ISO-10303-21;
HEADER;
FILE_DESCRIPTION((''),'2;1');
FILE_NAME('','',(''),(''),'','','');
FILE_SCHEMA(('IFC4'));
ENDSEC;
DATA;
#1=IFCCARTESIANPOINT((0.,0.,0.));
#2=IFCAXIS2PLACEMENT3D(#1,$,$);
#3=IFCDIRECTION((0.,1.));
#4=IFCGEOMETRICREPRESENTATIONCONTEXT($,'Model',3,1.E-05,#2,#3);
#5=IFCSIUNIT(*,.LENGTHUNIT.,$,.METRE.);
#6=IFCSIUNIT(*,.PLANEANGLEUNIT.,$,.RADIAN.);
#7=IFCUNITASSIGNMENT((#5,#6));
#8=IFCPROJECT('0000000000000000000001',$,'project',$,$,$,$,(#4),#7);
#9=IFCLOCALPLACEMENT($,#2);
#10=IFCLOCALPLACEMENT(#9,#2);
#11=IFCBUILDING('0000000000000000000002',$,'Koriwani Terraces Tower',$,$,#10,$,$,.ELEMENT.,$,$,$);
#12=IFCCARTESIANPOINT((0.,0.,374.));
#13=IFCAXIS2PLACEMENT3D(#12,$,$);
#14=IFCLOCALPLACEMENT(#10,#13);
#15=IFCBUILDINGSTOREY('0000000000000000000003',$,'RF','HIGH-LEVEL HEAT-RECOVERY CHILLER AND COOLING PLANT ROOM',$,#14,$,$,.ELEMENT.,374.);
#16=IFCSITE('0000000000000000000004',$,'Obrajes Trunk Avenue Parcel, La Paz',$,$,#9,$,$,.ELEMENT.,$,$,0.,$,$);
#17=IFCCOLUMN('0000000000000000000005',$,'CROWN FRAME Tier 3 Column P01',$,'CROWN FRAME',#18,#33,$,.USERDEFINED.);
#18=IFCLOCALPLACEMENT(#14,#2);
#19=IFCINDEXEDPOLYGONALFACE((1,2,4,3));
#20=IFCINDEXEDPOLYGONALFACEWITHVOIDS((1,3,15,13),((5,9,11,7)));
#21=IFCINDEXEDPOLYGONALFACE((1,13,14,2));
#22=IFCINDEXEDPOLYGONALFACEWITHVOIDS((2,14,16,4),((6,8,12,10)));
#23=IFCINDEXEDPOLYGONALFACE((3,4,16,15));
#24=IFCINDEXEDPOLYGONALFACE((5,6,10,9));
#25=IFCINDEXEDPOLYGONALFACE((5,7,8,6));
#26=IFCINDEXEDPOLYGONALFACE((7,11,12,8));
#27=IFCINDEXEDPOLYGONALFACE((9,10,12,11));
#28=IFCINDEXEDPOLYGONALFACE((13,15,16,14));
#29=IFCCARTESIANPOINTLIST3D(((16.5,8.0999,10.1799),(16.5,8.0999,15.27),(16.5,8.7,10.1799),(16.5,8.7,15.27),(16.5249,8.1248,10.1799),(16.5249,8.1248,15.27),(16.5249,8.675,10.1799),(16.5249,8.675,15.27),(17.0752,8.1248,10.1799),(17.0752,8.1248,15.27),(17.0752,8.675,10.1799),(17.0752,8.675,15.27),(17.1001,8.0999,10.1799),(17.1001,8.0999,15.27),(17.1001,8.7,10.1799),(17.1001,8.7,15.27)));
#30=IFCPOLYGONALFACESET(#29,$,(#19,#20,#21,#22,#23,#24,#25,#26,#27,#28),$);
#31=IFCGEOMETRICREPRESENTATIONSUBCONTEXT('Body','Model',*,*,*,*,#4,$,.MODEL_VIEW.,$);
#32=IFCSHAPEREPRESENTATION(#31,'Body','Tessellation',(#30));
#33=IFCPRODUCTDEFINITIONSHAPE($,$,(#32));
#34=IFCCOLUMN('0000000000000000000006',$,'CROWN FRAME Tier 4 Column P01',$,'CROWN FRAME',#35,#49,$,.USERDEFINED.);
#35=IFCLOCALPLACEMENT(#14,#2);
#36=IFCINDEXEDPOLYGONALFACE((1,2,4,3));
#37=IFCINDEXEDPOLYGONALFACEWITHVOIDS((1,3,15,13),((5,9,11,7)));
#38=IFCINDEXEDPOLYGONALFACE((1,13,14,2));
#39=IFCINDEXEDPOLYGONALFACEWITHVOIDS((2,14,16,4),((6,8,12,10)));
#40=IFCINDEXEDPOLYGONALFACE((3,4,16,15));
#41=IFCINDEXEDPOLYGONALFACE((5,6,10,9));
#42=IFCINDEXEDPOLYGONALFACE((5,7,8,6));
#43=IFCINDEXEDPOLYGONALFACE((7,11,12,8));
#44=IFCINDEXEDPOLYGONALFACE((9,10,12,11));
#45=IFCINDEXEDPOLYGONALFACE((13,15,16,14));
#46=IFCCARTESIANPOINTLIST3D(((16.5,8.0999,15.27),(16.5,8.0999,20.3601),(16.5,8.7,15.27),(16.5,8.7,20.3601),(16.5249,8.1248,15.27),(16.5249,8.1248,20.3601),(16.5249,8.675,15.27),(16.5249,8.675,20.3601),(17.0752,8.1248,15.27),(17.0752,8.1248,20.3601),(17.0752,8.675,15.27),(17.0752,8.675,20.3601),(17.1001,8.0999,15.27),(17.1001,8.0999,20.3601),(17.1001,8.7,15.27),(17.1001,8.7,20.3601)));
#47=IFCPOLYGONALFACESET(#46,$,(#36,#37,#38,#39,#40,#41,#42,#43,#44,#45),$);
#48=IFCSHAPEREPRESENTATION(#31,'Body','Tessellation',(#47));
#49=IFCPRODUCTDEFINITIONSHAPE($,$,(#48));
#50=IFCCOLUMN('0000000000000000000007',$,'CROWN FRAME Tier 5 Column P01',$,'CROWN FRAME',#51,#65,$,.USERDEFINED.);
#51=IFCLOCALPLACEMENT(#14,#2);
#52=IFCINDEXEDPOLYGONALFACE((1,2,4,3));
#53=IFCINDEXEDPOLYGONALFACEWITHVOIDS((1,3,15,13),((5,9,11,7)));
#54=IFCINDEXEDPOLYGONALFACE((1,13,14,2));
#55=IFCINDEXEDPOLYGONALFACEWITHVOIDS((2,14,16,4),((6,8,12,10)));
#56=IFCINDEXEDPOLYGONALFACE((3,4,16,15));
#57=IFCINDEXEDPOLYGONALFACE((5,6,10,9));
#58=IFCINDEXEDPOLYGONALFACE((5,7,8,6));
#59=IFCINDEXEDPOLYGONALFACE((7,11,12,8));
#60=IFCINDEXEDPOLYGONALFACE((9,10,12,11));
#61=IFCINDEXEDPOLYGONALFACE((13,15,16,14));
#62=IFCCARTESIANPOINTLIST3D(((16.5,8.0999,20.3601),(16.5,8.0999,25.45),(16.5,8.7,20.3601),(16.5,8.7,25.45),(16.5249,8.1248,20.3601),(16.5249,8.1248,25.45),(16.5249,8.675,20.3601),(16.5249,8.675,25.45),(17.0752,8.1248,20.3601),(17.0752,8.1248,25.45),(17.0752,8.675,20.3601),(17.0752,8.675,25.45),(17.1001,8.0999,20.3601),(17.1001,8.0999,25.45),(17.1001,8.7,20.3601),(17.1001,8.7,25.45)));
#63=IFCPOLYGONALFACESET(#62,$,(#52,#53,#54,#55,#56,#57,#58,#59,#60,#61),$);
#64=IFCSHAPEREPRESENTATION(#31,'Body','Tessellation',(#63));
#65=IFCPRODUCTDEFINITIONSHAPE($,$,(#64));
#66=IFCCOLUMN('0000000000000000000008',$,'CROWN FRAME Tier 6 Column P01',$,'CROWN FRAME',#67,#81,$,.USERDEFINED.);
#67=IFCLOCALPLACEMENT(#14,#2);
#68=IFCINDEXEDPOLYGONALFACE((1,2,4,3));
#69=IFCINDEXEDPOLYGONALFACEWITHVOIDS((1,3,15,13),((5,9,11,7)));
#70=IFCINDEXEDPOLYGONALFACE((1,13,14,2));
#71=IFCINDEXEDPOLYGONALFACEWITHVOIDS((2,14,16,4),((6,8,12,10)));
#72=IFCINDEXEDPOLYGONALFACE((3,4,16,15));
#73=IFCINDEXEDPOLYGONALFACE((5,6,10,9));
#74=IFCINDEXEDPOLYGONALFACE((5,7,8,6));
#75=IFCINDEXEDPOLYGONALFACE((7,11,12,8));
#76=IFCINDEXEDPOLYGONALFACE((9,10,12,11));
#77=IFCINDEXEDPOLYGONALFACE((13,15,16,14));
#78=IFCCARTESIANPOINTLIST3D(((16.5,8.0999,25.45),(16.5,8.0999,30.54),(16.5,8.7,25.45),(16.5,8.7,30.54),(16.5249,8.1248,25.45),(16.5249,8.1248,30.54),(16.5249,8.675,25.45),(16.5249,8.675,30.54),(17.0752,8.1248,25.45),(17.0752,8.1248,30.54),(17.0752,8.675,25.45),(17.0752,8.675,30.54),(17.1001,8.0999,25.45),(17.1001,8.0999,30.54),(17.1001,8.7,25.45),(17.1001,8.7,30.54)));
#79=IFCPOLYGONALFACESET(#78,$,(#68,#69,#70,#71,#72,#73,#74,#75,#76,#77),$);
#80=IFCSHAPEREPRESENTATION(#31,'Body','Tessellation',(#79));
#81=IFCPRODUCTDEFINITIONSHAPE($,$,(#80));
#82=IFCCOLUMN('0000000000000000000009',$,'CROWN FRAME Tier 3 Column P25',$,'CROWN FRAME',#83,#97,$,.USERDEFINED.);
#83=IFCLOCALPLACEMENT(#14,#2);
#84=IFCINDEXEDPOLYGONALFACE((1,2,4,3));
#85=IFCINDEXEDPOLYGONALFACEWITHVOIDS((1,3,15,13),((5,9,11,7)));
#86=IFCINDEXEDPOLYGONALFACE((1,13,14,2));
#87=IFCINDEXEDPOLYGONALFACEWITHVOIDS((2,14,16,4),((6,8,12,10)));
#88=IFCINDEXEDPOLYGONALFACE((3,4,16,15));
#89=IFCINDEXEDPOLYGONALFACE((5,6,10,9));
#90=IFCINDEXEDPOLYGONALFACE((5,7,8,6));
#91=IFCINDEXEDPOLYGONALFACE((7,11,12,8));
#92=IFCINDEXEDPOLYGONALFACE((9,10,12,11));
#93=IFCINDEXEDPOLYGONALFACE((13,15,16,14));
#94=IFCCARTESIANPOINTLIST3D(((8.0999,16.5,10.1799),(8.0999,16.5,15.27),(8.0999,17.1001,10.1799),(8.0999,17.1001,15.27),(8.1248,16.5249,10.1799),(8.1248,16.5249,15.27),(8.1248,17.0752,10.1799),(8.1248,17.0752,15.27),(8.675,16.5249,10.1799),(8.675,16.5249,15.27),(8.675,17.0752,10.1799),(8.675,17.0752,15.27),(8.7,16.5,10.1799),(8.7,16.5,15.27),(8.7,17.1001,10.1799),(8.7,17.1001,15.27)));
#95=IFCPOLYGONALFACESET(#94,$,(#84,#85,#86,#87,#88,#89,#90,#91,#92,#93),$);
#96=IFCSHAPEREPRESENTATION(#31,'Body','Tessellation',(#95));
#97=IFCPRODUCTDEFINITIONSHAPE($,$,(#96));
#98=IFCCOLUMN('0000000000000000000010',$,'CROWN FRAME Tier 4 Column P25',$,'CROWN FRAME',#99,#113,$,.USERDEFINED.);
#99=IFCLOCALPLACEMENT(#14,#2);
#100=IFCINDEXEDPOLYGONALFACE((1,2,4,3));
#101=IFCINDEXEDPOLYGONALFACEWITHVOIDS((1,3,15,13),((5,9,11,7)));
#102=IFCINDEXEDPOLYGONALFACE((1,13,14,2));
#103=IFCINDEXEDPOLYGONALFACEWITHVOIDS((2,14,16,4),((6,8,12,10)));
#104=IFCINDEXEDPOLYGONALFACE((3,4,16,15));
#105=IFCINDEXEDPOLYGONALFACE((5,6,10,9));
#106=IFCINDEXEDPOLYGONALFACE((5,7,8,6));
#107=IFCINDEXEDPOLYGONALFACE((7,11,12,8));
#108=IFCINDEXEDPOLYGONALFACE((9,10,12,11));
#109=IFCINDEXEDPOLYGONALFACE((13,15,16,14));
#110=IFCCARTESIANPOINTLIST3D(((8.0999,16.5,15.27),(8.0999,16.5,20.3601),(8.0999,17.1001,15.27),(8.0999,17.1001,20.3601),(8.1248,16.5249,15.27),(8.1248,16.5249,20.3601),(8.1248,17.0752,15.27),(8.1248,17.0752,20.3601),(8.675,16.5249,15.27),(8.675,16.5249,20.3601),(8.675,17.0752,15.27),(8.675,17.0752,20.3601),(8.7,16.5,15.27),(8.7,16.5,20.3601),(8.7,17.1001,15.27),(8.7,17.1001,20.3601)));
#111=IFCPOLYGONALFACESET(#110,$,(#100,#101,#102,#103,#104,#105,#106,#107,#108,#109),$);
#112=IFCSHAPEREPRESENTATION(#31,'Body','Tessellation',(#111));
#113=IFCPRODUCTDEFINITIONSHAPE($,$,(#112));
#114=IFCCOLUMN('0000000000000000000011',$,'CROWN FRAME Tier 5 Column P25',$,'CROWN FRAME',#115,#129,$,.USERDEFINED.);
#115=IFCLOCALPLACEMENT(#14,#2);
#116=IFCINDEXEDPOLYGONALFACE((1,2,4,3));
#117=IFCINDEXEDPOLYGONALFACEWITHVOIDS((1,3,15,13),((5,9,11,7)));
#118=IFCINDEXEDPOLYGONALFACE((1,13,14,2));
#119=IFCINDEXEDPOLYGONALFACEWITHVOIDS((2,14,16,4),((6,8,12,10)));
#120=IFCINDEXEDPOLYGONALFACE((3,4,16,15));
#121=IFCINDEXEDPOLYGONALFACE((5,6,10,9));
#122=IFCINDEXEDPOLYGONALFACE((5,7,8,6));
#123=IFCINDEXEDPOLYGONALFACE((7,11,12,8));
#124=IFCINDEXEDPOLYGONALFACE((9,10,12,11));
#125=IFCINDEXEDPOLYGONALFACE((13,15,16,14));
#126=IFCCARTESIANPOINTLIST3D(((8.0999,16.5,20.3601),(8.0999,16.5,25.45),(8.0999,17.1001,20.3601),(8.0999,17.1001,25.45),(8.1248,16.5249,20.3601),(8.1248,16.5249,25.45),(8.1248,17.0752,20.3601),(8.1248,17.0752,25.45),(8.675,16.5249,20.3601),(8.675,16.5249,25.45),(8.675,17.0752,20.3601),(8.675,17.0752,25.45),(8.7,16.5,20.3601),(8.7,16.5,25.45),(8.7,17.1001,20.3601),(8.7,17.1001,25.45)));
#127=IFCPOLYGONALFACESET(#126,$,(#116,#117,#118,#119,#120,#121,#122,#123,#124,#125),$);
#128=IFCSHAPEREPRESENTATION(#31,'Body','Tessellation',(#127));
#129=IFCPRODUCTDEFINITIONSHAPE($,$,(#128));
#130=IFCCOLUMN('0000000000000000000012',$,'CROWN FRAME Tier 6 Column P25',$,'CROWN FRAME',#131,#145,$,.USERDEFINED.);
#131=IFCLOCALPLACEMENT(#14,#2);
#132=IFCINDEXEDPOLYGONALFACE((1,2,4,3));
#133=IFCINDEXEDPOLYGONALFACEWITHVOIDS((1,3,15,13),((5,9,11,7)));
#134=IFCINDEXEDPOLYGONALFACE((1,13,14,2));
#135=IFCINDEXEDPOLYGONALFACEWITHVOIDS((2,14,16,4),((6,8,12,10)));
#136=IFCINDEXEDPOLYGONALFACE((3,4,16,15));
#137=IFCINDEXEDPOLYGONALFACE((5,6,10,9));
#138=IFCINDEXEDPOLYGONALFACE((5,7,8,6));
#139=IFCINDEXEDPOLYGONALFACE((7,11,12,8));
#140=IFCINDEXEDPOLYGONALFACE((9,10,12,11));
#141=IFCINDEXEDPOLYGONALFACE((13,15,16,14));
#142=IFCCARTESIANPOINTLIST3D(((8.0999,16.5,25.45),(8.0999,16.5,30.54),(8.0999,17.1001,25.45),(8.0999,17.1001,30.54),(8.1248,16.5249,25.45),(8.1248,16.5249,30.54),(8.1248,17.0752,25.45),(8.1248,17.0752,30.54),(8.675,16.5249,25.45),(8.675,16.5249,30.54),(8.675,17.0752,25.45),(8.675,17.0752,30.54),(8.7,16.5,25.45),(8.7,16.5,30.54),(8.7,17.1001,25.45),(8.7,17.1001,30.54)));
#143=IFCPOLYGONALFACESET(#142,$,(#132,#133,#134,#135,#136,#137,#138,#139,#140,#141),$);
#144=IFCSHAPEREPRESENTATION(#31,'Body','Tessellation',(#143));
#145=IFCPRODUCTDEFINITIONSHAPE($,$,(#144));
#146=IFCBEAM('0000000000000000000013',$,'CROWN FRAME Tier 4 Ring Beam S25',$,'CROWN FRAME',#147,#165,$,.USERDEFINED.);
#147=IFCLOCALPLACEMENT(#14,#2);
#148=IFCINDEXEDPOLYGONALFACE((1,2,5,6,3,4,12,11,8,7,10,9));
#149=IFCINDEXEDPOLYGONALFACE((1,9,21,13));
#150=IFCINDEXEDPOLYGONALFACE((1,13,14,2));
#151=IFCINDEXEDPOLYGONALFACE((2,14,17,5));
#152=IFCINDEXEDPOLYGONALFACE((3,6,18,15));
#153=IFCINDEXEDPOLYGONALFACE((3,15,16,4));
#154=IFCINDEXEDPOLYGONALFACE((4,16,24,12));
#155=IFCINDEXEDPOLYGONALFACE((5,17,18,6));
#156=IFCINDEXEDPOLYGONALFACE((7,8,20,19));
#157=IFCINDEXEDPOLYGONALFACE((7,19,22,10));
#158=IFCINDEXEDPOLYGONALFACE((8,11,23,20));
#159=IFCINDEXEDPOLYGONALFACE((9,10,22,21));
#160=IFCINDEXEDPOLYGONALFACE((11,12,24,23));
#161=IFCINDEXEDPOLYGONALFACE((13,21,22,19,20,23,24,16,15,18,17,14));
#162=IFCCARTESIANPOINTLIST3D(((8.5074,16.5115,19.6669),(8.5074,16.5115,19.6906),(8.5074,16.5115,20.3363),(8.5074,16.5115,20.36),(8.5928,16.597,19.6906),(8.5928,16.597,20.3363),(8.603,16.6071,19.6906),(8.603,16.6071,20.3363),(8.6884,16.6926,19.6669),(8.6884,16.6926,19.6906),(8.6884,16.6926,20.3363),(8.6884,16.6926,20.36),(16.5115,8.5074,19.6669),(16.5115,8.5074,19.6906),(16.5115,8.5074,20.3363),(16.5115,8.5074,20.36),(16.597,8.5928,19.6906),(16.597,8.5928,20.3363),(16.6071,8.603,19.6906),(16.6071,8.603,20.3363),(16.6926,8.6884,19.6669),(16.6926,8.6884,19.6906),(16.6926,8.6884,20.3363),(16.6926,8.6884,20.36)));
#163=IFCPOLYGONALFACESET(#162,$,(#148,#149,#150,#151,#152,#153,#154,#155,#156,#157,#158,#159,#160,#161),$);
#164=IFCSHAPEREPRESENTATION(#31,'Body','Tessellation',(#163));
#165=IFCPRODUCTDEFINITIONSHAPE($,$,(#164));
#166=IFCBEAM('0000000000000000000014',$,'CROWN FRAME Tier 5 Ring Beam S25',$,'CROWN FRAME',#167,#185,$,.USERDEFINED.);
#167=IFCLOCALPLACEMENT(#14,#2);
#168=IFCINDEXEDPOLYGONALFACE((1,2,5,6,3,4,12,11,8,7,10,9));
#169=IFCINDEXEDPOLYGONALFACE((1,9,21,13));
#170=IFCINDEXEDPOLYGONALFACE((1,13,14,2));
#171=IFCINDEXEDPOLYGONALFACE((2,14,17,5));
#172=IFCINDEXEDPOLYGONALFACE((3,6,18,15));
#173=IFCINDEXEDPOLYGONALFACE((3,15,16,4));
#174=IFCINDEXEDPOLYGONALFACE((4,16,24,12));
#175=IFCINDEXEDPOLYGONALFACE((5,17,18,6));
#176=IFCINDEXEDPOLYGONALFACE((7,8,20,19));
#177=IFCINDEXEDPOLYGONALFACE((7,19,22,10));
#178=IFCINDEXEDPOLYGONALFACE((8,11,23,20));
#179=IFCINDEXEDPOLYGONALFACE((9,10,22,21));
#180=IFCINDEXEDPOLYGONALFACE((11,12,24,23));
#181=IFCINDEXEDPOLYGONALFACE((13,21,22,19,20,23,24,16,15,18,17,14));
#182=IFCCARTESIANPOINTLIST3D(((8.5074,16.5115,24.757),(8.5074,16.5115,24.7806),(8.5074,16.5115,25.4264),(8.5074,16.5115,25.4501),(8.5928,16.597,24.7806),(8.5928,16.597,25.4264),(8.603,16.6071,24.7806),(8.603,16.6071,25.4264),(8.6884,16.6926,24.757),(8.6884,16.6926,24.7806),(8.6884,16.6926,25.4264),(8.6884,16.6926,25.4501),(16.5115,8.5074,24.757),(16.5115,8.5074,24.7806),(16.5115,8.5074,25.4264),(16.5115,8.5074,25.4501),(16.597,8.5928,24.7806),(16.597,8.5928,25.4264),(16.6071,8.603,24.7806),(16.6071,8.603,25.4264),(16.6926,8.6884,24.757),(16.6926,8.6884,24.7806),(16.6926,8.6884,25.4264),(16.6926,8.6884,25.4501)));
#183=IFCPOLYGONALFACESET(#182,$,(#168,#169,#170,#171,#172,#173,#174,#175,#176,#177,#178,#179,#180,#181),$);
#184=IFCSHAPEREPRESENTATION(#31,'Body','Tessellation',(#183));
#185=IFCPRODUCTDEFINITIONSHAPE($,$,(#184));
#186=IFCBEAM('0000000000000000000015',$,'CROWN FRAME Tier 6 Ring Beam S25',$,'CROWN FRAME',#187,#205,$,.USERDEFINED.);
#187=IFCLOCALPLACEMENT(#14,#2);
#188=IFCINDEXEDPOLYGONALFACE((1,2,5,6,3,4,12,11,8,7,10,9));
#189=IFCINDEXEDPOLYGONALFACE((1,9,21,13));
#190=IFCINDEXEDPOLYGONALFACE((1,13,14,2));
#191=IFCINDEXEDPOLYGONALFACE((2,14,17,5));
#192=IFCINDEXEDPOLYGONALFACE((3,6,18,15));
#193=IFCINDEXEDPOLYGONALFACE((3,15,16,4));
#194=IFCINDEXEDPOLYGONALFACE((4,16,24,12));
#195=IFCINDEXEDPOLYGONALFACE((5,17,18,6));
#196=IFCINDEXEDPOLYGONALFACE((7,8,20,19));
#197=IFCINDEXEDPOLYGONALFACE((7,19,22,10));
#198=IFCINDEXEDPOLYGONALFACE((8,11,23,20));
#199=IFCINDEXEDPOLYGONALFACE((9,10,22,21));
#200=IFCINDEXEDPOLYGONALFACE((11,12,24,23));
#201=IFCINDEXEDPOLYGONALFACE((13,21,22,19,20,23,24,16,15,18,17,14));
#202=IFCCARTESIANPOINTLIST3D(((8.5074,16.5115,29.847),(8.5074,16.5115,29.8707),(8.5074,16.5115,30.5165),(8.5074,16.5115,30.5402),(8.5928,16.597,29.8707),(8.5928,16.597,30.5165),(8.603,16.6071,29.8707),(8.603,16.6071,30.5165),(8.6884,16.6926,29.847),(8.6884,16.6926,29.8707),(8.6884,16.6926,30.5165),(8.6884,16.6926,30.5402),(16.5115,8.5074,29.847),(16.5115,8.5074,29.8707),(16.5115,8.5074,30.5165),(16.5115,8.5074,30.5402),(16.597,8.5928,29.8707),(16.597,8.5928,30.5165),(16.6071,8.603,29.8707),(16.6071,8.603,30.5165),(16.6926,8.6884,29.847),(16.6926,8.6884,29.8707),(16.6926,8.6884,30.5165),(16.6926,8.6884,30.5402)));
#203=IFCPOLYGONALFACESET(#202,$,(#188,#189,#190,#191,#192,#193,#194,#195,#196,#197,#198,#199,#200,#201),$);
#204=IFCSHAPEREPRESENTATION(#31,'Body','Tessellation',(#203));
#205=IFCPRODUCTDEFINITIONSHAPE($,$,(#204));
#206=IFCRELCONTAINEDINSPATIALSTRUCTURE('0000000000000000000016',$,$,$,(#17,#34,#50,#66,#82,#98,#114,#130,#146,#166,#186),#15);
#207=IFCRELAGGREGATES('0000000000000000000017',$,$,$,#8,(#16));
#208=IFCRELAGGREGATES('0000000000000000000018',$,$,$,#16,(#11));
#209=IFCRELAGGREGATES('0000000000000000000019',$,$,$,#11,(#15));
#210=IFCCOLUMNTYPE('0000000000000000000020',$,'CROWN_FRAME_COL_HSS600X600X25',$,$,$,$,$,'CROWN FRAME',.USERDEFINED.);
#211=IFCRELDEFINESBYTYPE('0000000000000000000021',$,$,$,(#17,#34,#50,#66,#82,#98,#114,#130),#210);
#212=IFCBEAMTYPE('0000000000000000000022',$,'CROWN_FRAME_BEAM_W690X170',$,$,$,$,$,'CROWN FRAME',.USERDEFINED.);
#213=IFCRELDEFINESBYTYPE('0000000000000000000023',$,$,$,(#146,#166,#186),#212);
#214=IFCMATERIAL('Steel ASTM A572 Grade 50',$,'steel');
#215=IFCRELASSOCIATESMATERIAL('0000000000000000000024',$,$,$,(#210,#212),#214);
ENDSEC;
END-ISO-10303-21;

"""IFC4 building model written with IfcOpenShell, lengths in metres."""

from ifc_helpers import new_model, si_unit, direction, frame, origin, origin_2d, place, context, subcontext, project, spatial, hollow_rectangle, i_section, extrude, material, material_profile, profile_set, type_object, element, save


model = new_model("IFC4")

# Units and contexts
model_context = context("Model", 3, precision=1e-05, world=origin(), true_north=direction((0.0, 1.0)))
body_context = subcontext(model_context, "Body", "Model", "MODEL_VIEW")
ifc_project = project(units=[si_unit("LENGTHUNIT", "METRE"), si_unit("PLANEANGLEUNIT", "RADIAN")], contexts=[model_context])

# Site, building, storey
site_placement = place(None, origin())
site = spatial("IfcSite", under=ifc_project, at=site_placement, Name="Obrajes Trunk Avenue Parcel, La Paz", CompositionType="ELEMENT", RefElevation=0.0)
building_placement = place(site_placement, origin())
building = spatial("IfcBuilding", under=site, at=building_placement, Name="Koriwani Terraces Tower", CompositionType="ELEMENT")
storey_placement = place(building_placement, frame((0.0, 0.0, 374.0)))
storey = spatial("IfcBuildingStorey", under=building, at=storey_placement, Name="RF", Description="HIGH-LEVEL HEAT-RECOVERY CHILLER AND COOLING PLANT ROOM", CompositionType="ELEMENT", Elevation=374.0)

# Columns
ifc_material_1 = material(Name="Steel ASTM A572 Grade 50", Category="steel")
ifc_material_profile_1 = material_profile(ifc_material_1, hollow_rectangle(XDim=0.6001, YDim=0.6001, WallThickness=0.0249, at=origin_2d()), Name="Steel ASTM A572 Grade 50", Category="LoadBearing")
ifc_profile_set_1 = profile_set([ifc_material_profile_1], Name="Steel ASTM A572 Grade 50")
column_type = type_object("IfcColumnType", Name="CROWN_FRAME_COL_HSS600X600X25", ElementType="CROWN FRAME", PredefinedType="USERDEFINED", material=ifc_profile_set_1)
for number, where, z_axis, x_axis, name in (
    (1, (16.8, 8.3999, 10.1799), (0.0, 0.0, 1.0), (1.0, 0.0, 0.0), "CROWN FRAME Tier 3 Column P01"),
    (2, (16.8, 8.3999, 15.27), (0.0, 0.0, 1.0), (1.0, 0.0, 0.0), "CROWN FRAME Tier 4 Column P01"),
):
    element("IfcColumn", number, at=place(storey_placement, frame(where, z_axis=z_axis, x_axis=x_axis)), inside=storey, type_object=column_type, Name=name, ObjectType="CROWN FRAME", PredefinedType="USERDEFINED", context=body_context, shape_type="SweptSolid", body=[
        extrude(hollow_rectangle(XDim=0.6001, YDim=0.6001, WallThickness=0.0249, at=origin_2d()), origin(), (0.0, 0.0, 1.0), 5.0901),
    ])
column_1_placement = place(storey_placement, frame((16.8, 8.3999, 20.3601), z_axis=(0.0, 0.0, 1.0), x_axis=(1.0, 0.0, 0.0)))
element("IfcColumn", 3, at=column_1_placement, inside=storey, type_object=column_type, Name="CROWN FRAME Tier 5 Column P01", ObjectType="CROWN FRAME", PredefinedType="USERDEFINED", context=body_context, shape_type="SweptSolid", body=[
    extrude(hollow_rectangle(XDim=0.6001, YDim=0.6001, WallThickness=0.0249, at=origin_2d()), origin(), (0.0, 0.0, 1.0), 5.0898),
])
for number, where, z_axis, x_axis, name in (
    (4, (16.8, 8.3999, 25.45), (0.0, 0.0, 1.0), (1.0, 0.0, 0.0), "CROWN FRAME Tier 6 Column P01"),
    (5, (8.3999, 16.8, 10.1799), (0.0, 0.0, 1.0), (1.0, 0.0, 0.0), "CROWN FRAME Tier 3 Column P25"),
    (6, (8.3999, 16.8, 15.27), (0.0, 0.0, 1.0), (1.0, 0.0, 0.0), "CROWN FRAME Tier 4 Column P25"),
):
    element("IfcColumn", number, at=place(storey_placement, frame(where, z_axis=z_axis, x_axis=x_axis)), inside=storey, type_object=column_type, Name=name, ObjectType="CROWN FRAME", PredefinedType="USERDEFINED", context=body_context, shape_type="SweptSolid", body=[
        extrude(hollow_rectangle(XDim=0.6001, YDim=0.6001, WallThickness=0.0249, at=origin_2d()), origin(), (0.0, 0.0, 1.0), 5.0901),
    ])
column_2_placement = place(storey_placement, frame((8.3999, 16.8, 20.3601), z_axis=(0.0, 0.0, 1.0), x_axis=(1.0, 0.0, 0.0)))
element("IfcColumn", 7, at=column_2_placement, inside=storey, type_object=column_type, Name="CROWN FRAME Tier 5 Column P25", ObjectType="CROWN FRAME", PredefinedType="USERDEFINED", context=body_context, shape_type="SweptSolid", body=[
    extrude(hollow_rectangle(XDim=0.6001, YDim=0.6001, WallThickness=0.0249, at=origin_2d()), origin(), (0.0, 0.0, 1.0), 5.0898),
])
column_3_placement = place(storey_placement, frame((8.3999, 16.8, 25.45), z_axis=(0.0, 0.0, 1.0), x_axis=(1.0, 0.0, 0.0)))
element("IfcColumn", 8, at=column_3_placement, inside=storey, type_object=column_type, Name="CROWN FRAME Tier 6 Column P25", ObjectType="CROWN FRAME", PredefinedType="USERDEFINED", context=body_context, shape_type="SweptSolid", body=[
    extrude(hollow_rectangle(XDim=0.6001, YDim=0.6001, WallThickness=0.0249, at=origin_2d()), origin(), (0.0, 0.0, 1.0), 5.0901),
])

# Beams
ifc_material_profile_2 = material_profile(ifc_material_1, i_section(OverallWidth=0.2561, OverallDepth=0.6931, WebThickness=0.0144, FlangeThickness=0.0237, at=origin_2d()), Name="Steel ASTM A572 Grade 50", Category="LoadBearing")
ifc_profile_set_2 = profile_set([ifc_material_profile_2], Name="Steel ASTM A572 Grade 50")
beam_type_1 = type_object("IfcBeamType", Name="CROWN_FRAME_BEAM_W690X170", ElementType="CROWN FRAME", PredefinedType="USERDEFINED", material=ifc_profile_set_2)
for number, where, z_axis, x_axis, name in (
    (9, (8.5979, 16.6021, 20.0134), (0.707107, -0.707107, 0.0), (0.707107, 0.707107, 0.0), "CROWN FRAME Tier 4 Ring Beam S25"),
    (10, (8.5979, 16.6021, 25.1035), (0.707107, -0.707107, 0.0), (0.707107, 0.707107, 0.0), "CROWN FRAME Tier 5 Ring Beam S25"),
    (11, (8.5979, 16.6021, 30.1936), (0.707107, -0.707107, 0.0), (0.707107, 0.707107, 0.0), "CROWN FRAME Tier 6 Ring Beam S25"),
):
    element("IfcBeam", number, at=place(storey_placement, frame(where, z_axis=z_axis, x_axis=x_axis)), inside=storey, type_object=beam_type_1, Name=name, ObjectType="CROWN FRAME", PredefinedType="USERDEFINED", context=body_context, shape_type="SweptSolid", body=[
        extrude(i_section(OverallWidth=0.2561, OverallDepth=0.6931, WebThickness=0.0144, FlangeThickness=0.0237, at=origin_2d()), origin(), (0.0, 0.0, 1.0), 11.3196),
    ])

save(model, "model.ifc")
